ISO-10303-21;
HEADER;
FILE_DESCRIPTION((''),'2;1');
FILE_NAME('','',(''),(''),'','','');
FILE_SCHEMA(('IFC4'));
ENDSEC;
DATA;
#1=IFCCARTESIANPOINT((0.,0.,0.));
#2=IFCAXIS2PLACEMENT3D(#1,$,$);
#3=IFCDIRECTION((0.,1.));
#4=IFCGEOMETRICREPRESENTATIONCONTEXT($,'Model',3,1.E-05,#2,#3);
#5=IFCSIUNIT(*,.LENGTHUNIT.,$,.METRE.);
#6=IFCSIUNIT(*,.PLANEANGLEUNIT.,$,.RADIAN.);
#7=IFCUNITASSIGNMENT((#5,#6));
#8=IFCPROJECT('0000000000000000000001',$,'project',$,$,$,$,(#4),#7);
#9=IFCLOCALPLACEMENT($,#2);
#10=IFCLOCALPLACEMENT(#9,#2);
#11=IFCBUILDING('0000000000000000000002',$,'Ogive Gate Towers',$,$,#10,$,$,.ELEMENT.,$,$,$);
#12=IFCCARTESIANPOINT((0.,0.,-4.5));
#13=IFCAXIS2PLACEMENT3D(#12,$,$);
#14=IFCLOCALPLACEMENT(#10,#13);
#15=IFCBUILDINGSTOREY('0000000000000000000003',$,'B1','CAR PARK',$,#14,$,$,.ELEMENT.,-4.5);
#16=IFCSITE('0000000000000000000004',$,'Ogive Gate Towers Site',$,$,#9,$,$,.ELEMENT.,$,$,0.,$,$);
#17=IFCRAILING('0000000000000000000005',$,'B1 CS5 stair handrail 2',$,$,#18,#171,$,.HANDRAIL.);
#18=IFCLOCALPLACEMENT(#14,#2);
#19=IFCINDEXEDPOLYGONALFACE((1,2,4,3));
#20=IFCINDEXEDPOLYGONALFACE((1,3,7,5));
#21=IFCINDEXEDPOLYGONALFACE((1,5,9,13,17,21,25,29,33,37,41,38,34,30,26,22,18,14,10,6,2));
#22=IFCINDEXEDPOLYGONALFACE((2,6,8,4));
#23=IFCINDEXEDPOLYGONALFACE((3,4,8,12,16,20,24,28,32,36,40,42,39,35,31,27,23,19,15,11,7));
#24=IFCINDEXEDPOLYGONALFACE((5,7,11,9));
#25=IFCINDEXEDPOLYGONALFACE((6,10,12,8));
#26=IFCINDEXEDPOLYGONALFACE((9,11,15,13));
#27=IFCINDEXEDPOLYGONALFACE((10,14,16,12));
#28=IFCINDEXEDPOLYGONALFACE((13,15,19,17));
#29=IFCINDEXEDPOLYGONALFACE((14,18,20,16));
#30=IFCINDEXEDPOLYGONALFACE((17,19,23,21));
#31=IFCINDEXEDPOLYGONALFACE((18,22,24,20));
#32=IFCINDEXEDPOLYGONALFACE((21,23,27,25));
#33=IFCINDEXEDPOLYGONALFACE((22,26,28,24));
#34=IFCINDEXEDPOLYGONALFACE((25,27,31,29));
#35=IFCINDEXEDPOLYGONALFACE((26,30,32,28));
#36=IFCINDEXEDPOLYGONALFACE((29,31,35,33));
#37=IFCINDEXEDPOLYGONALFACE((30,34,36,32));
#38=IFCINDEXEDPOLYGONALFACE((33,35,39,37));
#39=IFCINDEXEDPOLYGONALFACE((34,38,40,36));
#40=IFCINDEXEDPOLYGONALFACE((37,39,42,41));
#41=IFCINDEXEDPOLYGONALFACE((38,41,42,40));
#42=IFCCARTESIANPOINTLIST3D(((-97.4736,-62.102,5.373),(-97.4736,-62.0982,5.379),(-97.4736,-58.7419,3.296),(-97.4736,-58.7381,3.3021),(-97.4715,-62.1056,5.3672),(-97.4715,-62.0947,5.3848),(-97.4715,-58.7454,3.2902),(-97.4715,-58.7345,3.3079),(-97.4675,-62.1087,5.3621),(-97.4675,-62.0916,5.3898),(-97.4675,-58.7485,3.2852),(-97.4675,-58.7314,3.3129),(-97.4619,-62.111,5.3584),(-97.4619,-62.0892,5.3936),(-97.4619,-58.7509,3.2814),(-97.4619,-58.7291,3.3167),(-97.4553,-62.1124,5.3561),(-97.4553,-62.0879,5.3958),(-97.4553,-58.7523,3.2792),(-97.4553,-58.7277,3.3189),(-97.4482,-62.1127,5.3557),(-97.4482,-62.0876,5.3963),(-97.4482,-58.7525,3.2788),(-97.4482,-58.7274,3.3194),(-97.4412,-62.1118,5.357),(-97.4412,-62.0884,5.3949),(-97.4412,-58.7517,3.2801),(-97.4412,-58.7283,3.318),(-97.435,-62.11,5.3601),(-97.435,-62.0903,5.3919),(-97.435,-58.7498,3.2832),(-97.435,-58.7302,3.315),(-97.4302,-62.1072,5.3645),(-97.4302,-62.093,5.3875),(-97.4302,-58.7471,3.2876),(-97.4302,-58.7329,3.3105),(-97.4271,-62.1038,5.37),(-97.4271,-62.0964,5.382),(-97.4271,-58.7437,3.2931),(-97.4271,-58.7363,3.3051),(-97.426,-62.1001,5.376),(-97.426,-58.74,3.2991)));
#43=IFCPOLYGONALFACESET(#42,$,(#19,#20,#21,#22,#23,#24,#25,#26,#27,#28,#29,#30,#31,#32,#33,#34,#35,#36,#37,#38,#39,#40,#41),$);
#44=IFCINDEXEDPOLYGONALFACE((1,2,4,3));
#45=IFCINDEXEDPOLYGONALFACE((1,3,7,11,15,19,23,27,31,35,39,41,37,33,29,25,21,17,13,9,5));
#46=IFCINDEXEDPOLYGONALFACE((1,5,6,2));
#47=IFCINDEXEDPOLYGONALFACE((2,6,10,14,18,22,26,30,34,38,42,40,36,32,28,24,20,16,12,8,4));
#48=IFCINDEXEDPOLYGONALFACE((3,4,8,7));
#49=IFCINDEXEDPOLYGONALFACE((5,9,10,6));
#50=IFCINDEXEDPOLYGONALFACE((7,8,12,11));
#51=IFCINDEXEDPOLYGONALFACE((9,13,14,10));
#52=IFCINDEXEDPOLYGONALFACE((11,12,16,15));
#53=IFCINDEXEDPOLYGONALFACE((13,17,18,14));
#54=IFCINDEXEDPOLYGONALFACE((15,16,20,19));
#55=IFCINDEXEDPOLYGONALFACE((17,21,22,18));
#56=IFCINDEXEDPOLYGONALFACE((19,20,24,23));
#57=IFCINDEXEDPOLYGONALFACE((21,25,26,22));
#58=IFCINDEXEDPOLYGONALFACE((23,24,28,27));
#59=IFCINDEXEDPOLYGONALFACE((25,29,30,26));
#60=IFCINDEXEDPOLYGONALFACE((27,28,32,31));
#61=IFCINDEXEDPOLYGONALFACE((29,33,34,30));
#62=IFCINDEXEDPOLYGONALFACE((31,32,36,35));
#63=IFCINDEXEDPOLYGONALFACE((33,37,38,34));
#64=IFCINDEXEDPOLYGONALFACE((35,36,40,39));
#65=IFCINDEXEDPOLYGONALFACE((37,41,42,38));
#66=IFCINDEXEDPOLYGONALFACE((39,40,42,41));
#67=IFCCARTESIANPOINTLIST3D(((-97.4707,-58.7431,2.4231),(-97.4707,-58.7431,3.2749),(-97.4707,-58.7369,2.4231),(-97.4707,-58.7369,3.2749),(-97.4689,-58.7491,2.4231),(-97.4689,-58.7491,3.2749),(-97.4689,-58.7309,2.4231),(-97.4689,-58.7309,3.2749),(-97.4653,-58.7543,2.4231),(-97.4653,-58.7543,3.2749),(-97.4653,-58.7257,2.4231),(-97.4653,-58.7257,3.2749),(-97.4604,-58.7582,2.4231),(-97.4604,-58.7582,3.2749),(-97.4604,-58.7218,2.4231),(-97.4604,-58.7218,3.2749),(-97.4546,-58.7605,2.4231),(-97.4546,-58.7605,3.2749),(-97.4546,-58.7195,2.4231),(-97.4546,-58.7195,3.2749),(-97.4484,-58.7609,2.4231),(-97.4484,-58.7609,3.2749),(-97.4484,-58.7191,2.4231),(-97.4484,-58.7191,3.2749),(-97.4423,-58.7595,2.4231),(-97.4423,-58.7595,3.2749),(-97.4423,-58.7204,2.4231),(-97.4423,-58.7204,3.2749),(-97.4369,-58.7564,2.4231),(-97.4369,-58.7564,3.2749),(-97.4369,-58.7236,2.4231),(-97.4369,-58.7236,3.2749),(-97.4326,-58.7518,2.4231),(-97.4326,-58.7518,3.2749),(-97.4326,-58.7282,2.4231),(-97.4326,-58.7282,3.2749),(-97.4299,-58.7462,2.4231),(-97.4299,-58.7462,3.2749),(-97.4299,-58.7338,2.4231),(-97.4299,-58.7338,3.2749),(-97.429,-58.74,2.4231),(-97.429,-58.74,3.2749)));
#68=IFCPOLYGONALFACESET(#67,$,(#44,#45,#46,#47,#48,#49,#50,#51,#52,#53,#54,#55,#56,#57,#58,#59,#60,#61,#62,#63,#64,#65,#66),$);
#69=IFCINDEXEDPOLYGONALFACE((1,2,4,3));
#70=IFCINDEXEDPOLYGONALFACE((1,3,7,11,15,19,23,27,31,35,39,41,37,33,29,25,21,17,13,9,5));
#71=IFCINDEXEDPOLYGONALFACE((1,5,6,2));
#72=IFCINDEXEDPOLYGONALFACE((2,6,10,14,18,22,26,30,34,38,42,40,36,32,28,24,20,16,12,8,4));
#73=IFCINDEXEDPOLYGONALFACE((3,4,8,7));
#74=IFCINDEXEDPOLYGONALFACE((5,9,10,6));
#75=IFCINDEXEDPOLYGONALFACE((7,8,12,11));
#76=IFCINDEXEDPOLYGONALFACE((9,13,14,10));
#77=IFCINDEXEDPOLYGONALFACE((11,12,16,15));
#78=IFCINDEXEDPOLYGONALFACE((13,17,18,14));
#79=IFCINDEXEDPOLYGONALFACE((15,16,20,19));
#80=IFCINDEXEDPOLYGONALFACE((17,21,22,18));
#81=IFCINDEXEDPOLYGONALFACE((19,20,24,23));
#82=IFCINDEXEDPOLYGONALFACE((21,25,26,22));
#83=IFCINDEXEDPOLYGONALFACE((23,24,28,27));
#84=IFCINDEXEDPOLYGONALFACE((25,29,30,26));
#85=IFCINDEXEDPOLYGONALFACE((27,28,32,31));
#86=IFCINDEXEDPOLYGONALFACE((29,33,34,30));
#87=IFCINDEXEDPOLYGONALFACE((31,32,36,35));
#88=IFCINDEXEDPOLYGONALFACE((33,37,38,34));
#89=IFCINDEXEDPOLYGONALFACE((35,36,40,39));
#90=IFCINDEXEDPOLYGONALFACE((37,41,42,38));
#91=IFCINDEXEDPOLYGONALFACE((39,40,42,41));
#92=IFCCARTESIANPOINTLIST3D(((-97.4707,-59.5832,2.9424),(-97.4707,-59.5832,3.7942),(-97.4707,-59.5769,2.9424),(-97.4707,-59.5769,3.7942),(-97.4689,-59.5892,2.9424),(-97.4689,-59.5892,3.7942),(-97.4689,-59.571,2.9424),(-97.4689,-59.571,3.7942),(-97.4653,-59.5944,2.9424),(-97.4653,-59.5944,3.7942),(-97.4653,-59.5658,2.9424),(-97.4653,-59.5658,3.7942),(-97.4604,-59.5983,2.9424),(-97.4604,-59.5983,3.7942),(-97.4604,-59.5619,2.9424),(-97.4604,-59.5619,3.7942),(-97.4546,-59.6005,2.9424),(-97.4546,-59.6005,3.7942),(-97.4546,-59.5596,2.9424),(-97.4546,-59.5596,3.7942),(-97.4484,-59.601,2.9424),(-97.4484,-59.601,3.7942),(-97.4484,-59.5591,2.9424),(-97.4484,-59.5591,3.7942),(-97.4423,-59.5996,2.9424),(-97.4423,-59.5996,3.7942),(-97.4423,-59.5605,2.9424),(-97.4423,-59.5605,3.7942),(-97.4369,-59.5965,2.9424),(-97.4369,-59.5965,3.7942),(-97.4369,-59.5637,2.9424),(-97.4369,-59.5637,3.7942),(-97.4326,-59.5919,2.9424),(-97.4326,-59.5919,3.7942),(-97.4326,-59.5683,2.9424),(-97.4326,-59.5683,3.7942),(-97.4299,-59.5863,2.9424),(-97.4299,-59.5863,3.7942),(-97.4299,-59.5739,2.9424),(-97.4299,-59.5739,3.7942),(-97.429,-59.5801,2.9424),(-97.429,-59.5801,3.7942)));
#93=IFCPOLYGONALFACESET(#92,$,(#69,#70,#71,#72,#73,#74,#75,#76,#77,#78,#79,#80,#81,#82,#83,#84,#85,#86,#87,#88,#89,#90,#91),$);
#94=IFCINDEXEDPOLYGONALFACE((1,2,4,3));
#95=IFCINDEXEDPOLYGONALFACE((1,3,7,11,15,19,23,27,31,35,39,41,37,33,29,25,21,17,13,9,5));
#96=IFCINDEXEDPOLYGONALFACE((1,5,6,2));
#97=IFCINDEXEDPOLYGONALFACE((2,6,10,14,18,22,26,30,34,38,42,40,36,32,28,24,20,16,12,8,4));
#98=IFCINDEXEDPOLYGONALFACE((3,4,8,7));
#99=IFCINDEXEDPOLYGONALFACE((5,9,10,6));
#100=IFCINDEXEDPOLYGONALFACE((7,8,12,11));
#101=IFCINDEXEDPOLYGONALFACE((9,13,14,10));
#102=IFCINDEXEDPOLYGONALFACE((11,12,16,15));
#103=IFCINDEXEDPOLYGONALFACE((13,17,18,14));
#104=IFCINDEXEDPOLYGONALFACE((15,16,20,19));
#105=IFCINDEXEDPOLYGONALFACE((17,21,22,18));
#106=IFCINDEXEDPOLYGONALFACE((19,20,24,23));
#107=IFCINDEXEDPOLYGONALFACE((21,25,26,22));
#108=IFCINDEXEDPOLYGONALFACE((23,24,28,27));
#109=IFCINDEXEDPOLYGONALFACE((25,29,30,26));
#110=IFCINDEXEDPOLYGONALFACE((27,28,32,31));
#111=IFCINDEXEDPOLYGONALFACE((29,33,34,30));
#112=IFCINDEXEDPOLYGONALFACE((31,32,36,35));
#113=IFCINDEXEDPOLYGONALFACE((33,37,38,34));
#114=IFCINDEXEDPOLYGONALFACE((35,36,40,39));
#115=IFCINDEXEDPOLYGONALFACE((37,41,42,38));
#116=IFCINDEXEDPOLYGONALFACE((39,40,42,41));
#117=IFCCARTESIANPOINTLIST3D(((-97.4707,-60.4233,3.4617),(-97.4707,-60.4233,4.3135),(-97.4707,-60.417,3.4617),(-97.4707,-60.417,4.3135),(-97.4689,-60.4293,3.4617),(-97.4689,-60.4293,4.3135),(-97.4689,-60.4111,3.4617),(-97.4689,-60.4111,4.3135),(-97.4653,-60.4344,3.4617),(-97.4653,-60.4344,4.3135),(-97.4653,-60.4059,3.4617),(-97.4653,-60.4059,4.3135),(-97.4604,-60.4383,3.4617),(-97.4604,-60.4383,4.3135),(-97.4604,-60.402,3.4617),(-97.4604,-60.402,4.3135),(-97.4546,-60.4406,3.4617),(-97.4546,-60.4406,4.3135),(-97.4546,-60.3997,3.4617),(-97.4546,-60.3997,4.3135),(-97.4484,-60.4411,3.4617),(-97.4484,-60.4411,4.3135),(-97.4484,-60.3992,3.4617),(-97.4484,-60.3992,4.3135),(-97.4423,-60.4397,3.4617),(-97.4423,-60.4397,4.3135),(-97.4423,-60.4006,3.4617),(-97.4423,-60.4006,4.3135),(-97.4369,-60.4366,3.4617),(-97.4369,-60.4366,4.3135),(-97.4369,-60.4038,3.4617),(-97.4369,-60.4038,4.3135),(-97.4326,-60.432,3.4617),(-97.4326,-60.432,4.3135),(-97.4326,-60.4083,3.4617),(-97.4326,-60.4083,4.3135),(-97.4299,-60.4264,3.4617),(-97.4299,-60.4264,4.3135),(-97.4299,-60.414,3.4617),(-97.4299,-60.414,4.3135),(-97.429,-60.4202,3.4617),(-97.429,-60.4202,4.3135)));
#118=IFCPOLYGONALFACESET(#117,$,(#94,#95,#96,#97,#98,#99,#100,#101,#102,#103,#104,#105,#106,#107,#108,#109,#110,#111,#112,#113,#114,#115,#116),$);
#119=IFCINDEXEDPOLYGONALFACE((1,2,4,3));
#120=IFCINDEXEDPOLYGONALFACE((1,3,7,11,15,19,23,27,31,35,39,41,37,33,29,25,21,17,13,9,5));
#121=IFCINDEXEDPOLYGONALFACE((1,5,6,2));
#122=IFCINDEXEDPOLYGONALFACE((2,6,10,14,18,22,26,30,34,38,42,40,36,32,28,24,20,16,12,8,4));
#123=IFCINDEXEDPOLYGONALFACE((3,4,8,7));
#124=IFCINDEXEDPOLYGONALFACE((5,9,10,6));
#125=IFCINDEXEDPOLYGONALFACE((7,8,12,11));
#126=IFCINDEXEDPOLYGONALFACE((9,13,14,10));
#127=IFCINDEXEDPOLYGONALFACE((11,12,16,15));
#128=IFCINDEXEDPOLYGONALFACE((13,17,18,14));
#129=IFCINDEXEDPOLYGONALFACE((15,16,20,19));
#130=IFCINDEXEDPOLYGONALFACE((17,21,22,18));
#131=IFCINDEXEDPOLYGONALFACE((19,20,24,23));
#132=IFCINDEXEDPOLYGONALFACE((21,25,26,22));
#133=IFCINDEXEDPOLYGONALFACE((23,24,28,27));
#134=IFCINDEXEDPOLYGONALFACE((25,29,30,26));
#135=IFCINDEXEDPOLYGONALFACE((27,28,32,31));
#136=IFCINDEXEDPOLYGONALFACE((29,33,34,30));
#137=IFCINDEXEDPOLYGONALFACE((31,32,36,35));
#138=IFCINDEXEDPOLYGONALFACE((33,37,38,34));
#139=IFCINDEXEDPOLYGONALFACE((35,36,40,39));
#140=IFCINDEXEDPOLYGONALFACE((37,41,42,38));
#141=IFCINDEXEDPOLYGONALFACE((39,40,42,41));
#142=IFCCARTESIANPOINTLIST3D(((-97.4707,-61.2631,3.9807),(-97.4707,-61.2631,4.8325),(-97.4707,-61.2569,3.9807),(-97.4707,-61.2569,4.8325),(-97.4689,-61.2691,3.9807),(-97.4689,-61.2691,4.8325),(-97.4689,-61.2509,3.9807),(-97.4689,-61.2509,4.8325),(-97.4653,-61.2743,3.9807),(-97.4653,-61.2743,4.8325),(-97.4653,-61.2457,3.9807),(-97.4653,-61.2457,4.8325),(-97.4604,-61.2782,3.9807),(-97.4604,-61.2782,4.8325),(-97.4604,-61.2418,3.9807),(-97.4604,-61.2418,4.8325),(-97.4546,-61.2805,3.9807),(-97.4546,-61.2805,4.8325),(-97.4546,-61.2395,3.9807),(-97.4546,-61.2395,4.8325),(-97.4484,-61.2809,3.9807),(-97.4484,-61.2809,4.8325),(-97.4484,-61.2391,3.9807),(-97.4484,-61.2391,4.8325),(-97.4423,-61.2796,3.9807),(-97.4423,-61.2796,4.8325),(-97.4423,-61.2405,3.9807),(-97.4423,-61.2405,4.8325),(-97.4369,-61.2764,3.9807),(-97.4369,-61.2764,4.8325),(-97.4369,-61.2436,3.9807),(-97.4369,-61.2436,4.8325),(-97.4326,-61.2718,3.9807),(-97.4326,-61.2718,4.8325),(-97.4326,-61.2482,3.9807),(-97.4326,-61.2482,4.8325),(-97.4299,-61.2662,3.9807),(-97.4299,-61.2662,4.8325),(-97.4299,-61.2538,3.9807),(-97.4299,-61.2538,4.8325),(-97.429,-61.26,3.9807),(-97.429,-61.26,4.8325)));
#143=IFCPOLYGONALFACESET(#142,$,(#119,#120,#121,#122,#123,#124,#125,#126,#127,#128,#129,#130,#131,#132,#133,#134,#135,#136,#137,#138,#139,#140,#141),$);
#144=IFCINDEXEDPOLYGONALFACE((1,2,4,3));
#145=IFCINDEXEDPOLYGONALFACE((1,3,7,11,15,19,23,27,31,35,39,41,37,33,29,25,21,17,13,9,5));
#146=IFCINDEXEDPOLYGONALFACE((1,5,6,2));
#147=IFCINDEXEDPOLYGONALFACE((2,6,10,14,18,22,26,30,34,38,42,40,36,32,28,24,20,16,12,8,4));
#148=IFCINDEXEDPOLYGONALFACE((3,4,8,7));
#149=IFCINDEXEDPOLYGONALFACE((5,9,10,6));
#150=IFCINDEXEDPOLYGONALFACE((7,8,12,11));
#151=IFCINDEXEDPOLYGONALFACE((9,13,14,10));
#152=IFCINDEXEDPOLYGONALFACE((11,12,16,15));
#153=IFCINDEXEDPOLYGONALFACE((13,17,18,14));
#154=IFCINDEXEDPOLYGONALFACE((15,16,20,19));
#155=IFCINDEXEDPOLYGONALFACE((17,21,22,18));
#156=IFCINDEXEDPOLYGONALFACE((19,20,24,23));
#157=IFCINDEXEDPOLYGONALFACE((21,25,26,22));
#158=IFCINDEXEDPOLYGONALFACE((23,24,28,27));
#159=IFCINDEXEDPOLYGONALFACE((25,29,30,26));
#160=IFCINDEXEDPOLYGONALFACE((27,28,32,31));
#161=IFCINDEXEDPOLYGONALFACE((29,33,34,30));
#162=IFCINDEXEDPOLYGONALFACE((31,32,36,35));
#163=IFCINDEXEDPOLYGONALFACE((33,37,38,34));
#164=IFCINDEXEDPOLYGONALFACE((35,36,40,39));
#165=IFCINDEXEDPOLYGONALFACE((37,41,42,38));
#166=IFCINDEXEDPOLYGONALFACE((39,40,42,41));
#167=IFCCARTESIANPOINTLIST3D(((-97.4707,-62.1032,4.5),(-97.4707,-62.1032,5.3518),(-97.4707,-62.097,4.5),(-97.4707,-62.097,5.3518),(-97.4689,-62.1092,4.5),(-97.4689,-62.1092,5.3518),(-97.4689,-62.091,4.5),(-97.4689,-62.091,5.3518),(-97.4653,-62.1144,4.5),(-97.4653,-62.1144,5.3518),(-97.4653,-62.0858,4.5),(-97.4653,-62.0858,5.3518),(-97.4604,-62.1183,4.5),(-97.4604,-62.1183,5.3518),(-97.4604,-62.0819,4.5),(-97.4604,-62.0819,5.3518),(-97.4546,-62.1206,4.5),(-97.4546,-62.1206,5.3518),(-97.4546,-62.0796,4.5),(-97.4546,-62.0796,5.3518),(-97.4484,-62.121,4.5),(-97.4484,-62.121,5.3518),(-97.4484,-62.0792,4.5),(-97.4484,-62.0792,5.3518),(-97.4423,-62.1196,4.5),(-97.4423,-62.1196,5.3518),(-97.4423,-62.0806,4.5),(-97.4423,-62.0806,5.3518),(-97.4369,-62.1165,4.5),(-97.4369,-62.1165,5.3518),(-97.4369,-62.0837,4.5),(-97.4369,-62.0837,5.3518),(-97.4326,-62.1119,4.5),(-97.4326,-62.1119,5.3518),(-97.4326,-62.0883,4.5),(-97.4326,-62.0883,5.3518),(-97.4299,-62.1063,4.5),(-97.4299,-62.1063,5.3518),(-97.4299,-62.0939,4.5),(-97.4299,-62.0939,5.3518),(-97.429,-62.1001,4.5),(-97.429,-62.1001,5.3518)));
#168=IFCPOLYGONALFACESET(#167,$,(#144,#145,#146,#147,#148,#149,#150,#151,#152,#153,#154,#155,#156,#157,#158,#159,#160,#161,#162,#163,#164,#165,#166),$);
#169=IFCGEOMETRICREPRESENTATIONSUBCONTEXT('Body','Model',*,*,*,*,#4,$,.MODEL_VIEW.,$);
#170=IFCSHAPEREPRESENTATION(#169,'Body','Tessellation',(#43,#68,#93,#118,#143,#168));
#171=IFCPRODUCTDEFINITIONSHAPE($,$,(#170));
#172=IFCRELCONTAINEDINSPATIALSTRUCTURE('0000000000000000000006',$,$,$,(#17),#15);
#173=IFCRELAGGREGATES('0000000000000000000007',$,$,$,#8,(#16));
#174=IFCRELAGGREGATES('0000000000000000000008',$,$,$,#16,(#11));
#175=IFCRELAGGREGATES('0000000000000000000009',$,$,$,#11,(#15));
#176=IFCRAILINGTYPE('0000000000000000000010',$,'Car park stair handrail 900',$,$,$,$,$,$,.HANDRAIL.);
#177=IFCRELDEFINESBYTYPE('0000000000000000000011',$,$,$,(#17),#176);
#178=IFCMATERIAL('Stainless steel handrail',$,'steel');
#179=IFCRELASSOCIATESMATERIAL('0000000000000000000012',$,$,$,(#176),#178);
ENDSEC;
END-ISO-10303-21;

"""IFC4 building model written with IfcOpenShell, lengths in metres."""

from ifc_helpers import new_model, si_unit, direction, frame, origin, origin_2d, place, context, subcontext, project, spatial, circle, extrude, material, type_object, element, save


model = new_model("IFC4")

# Units and contexts
model_context = context("Model", 3, precision=1e-05, world=origin(), true_north=direction((0.0, 1.0)))
body_context = subcontext(model_context, "Body", "Model", "MODEL_VIEW")
ifc_project = project(units=[si_unit("LENGTHUNIT", "METRE"), si_unit("PLANEANGLEUNIT", "RADIAN")], contexts=[model_context])

# Site, building, storey
site_placement = place(None, origin())
site = spatial("IfcSite", under=ifc_project, at=site_placement, Name="Ogive Gate Towers Site", CompositionType="ELEMENT", RefElevation=0.0)
building_placement = place(site_placement, origin())
building = spatial("IfcBuilding", under=site, at=building_placement, Name="Ogive Gate Towers", CompositionType="ELEMENT")
storey_placement = place(building_placement, frame((0.0, 0.0, -4.5)))
storey = spatial("IfcBuildingStorey", under=building, at=storey_placement, Name="B1", Description="CAR PARK", CompositionType="ELEMENT", Elevation=-4.5)

# Railing
ifc_material_1 = material(Name="Stainless steel handrail", Category="steel")
railing_type_1 = type_object("IfcRailingType", Name="Car park stair handrail 900", PredefinedType="HANDRAIL", material=ifc_material_1)
railing_1_placement = place(storey_placement, frame((-97.45, -58.74, 2.4231)))
element("IfcRailing", 1, at=railing_1_placement, inside=storey, type_object=railing_type_1, Name="B1 CS5 stair handrail 2", PredefinedType="HANDRAIL", context=body_context, shape_type="SweptSolid", body=[
    extrude(circle(Radius=0.0239, at=origin_2d()), frame((0.0, 0.0, 0.876), z_axis=(0.0, -0.850623, 0.525776), x_axis=(1.0, 0.0, 0.0)), (0.0, 0.0, 1.0), 3.9502),
    extrude(circle(Radius=0.021, at=origin_2d()), origin(), (0.0, 0.0, 1.0), 0.8518),
    extrude(circle(Radius=0.021, at=origin_2d()), frame((0.0, -0.8401, 0.5193)), (0.0, 0.0, 1.0), 0.8518),
    extrude(circle(Radius=0.021, at=origin_2d()), frame((0.0, -1.6802, 1.0386)), (0.0, 0.0, 1.0), 0.8518),
    extrude(circle(Radius=0.021, at=origin_2d()), frame((0.0, -2.52, 1.5576)), (0.0, 0.0, 1.0), 0.8518),
    extrude(circle(Radius=0.021, at=origin_2d()), frame((0.0, -3.3601, 2.0769)), (0.0, 0.0, 1.0), 0.8518),
])

save(model, "model.ifc")
